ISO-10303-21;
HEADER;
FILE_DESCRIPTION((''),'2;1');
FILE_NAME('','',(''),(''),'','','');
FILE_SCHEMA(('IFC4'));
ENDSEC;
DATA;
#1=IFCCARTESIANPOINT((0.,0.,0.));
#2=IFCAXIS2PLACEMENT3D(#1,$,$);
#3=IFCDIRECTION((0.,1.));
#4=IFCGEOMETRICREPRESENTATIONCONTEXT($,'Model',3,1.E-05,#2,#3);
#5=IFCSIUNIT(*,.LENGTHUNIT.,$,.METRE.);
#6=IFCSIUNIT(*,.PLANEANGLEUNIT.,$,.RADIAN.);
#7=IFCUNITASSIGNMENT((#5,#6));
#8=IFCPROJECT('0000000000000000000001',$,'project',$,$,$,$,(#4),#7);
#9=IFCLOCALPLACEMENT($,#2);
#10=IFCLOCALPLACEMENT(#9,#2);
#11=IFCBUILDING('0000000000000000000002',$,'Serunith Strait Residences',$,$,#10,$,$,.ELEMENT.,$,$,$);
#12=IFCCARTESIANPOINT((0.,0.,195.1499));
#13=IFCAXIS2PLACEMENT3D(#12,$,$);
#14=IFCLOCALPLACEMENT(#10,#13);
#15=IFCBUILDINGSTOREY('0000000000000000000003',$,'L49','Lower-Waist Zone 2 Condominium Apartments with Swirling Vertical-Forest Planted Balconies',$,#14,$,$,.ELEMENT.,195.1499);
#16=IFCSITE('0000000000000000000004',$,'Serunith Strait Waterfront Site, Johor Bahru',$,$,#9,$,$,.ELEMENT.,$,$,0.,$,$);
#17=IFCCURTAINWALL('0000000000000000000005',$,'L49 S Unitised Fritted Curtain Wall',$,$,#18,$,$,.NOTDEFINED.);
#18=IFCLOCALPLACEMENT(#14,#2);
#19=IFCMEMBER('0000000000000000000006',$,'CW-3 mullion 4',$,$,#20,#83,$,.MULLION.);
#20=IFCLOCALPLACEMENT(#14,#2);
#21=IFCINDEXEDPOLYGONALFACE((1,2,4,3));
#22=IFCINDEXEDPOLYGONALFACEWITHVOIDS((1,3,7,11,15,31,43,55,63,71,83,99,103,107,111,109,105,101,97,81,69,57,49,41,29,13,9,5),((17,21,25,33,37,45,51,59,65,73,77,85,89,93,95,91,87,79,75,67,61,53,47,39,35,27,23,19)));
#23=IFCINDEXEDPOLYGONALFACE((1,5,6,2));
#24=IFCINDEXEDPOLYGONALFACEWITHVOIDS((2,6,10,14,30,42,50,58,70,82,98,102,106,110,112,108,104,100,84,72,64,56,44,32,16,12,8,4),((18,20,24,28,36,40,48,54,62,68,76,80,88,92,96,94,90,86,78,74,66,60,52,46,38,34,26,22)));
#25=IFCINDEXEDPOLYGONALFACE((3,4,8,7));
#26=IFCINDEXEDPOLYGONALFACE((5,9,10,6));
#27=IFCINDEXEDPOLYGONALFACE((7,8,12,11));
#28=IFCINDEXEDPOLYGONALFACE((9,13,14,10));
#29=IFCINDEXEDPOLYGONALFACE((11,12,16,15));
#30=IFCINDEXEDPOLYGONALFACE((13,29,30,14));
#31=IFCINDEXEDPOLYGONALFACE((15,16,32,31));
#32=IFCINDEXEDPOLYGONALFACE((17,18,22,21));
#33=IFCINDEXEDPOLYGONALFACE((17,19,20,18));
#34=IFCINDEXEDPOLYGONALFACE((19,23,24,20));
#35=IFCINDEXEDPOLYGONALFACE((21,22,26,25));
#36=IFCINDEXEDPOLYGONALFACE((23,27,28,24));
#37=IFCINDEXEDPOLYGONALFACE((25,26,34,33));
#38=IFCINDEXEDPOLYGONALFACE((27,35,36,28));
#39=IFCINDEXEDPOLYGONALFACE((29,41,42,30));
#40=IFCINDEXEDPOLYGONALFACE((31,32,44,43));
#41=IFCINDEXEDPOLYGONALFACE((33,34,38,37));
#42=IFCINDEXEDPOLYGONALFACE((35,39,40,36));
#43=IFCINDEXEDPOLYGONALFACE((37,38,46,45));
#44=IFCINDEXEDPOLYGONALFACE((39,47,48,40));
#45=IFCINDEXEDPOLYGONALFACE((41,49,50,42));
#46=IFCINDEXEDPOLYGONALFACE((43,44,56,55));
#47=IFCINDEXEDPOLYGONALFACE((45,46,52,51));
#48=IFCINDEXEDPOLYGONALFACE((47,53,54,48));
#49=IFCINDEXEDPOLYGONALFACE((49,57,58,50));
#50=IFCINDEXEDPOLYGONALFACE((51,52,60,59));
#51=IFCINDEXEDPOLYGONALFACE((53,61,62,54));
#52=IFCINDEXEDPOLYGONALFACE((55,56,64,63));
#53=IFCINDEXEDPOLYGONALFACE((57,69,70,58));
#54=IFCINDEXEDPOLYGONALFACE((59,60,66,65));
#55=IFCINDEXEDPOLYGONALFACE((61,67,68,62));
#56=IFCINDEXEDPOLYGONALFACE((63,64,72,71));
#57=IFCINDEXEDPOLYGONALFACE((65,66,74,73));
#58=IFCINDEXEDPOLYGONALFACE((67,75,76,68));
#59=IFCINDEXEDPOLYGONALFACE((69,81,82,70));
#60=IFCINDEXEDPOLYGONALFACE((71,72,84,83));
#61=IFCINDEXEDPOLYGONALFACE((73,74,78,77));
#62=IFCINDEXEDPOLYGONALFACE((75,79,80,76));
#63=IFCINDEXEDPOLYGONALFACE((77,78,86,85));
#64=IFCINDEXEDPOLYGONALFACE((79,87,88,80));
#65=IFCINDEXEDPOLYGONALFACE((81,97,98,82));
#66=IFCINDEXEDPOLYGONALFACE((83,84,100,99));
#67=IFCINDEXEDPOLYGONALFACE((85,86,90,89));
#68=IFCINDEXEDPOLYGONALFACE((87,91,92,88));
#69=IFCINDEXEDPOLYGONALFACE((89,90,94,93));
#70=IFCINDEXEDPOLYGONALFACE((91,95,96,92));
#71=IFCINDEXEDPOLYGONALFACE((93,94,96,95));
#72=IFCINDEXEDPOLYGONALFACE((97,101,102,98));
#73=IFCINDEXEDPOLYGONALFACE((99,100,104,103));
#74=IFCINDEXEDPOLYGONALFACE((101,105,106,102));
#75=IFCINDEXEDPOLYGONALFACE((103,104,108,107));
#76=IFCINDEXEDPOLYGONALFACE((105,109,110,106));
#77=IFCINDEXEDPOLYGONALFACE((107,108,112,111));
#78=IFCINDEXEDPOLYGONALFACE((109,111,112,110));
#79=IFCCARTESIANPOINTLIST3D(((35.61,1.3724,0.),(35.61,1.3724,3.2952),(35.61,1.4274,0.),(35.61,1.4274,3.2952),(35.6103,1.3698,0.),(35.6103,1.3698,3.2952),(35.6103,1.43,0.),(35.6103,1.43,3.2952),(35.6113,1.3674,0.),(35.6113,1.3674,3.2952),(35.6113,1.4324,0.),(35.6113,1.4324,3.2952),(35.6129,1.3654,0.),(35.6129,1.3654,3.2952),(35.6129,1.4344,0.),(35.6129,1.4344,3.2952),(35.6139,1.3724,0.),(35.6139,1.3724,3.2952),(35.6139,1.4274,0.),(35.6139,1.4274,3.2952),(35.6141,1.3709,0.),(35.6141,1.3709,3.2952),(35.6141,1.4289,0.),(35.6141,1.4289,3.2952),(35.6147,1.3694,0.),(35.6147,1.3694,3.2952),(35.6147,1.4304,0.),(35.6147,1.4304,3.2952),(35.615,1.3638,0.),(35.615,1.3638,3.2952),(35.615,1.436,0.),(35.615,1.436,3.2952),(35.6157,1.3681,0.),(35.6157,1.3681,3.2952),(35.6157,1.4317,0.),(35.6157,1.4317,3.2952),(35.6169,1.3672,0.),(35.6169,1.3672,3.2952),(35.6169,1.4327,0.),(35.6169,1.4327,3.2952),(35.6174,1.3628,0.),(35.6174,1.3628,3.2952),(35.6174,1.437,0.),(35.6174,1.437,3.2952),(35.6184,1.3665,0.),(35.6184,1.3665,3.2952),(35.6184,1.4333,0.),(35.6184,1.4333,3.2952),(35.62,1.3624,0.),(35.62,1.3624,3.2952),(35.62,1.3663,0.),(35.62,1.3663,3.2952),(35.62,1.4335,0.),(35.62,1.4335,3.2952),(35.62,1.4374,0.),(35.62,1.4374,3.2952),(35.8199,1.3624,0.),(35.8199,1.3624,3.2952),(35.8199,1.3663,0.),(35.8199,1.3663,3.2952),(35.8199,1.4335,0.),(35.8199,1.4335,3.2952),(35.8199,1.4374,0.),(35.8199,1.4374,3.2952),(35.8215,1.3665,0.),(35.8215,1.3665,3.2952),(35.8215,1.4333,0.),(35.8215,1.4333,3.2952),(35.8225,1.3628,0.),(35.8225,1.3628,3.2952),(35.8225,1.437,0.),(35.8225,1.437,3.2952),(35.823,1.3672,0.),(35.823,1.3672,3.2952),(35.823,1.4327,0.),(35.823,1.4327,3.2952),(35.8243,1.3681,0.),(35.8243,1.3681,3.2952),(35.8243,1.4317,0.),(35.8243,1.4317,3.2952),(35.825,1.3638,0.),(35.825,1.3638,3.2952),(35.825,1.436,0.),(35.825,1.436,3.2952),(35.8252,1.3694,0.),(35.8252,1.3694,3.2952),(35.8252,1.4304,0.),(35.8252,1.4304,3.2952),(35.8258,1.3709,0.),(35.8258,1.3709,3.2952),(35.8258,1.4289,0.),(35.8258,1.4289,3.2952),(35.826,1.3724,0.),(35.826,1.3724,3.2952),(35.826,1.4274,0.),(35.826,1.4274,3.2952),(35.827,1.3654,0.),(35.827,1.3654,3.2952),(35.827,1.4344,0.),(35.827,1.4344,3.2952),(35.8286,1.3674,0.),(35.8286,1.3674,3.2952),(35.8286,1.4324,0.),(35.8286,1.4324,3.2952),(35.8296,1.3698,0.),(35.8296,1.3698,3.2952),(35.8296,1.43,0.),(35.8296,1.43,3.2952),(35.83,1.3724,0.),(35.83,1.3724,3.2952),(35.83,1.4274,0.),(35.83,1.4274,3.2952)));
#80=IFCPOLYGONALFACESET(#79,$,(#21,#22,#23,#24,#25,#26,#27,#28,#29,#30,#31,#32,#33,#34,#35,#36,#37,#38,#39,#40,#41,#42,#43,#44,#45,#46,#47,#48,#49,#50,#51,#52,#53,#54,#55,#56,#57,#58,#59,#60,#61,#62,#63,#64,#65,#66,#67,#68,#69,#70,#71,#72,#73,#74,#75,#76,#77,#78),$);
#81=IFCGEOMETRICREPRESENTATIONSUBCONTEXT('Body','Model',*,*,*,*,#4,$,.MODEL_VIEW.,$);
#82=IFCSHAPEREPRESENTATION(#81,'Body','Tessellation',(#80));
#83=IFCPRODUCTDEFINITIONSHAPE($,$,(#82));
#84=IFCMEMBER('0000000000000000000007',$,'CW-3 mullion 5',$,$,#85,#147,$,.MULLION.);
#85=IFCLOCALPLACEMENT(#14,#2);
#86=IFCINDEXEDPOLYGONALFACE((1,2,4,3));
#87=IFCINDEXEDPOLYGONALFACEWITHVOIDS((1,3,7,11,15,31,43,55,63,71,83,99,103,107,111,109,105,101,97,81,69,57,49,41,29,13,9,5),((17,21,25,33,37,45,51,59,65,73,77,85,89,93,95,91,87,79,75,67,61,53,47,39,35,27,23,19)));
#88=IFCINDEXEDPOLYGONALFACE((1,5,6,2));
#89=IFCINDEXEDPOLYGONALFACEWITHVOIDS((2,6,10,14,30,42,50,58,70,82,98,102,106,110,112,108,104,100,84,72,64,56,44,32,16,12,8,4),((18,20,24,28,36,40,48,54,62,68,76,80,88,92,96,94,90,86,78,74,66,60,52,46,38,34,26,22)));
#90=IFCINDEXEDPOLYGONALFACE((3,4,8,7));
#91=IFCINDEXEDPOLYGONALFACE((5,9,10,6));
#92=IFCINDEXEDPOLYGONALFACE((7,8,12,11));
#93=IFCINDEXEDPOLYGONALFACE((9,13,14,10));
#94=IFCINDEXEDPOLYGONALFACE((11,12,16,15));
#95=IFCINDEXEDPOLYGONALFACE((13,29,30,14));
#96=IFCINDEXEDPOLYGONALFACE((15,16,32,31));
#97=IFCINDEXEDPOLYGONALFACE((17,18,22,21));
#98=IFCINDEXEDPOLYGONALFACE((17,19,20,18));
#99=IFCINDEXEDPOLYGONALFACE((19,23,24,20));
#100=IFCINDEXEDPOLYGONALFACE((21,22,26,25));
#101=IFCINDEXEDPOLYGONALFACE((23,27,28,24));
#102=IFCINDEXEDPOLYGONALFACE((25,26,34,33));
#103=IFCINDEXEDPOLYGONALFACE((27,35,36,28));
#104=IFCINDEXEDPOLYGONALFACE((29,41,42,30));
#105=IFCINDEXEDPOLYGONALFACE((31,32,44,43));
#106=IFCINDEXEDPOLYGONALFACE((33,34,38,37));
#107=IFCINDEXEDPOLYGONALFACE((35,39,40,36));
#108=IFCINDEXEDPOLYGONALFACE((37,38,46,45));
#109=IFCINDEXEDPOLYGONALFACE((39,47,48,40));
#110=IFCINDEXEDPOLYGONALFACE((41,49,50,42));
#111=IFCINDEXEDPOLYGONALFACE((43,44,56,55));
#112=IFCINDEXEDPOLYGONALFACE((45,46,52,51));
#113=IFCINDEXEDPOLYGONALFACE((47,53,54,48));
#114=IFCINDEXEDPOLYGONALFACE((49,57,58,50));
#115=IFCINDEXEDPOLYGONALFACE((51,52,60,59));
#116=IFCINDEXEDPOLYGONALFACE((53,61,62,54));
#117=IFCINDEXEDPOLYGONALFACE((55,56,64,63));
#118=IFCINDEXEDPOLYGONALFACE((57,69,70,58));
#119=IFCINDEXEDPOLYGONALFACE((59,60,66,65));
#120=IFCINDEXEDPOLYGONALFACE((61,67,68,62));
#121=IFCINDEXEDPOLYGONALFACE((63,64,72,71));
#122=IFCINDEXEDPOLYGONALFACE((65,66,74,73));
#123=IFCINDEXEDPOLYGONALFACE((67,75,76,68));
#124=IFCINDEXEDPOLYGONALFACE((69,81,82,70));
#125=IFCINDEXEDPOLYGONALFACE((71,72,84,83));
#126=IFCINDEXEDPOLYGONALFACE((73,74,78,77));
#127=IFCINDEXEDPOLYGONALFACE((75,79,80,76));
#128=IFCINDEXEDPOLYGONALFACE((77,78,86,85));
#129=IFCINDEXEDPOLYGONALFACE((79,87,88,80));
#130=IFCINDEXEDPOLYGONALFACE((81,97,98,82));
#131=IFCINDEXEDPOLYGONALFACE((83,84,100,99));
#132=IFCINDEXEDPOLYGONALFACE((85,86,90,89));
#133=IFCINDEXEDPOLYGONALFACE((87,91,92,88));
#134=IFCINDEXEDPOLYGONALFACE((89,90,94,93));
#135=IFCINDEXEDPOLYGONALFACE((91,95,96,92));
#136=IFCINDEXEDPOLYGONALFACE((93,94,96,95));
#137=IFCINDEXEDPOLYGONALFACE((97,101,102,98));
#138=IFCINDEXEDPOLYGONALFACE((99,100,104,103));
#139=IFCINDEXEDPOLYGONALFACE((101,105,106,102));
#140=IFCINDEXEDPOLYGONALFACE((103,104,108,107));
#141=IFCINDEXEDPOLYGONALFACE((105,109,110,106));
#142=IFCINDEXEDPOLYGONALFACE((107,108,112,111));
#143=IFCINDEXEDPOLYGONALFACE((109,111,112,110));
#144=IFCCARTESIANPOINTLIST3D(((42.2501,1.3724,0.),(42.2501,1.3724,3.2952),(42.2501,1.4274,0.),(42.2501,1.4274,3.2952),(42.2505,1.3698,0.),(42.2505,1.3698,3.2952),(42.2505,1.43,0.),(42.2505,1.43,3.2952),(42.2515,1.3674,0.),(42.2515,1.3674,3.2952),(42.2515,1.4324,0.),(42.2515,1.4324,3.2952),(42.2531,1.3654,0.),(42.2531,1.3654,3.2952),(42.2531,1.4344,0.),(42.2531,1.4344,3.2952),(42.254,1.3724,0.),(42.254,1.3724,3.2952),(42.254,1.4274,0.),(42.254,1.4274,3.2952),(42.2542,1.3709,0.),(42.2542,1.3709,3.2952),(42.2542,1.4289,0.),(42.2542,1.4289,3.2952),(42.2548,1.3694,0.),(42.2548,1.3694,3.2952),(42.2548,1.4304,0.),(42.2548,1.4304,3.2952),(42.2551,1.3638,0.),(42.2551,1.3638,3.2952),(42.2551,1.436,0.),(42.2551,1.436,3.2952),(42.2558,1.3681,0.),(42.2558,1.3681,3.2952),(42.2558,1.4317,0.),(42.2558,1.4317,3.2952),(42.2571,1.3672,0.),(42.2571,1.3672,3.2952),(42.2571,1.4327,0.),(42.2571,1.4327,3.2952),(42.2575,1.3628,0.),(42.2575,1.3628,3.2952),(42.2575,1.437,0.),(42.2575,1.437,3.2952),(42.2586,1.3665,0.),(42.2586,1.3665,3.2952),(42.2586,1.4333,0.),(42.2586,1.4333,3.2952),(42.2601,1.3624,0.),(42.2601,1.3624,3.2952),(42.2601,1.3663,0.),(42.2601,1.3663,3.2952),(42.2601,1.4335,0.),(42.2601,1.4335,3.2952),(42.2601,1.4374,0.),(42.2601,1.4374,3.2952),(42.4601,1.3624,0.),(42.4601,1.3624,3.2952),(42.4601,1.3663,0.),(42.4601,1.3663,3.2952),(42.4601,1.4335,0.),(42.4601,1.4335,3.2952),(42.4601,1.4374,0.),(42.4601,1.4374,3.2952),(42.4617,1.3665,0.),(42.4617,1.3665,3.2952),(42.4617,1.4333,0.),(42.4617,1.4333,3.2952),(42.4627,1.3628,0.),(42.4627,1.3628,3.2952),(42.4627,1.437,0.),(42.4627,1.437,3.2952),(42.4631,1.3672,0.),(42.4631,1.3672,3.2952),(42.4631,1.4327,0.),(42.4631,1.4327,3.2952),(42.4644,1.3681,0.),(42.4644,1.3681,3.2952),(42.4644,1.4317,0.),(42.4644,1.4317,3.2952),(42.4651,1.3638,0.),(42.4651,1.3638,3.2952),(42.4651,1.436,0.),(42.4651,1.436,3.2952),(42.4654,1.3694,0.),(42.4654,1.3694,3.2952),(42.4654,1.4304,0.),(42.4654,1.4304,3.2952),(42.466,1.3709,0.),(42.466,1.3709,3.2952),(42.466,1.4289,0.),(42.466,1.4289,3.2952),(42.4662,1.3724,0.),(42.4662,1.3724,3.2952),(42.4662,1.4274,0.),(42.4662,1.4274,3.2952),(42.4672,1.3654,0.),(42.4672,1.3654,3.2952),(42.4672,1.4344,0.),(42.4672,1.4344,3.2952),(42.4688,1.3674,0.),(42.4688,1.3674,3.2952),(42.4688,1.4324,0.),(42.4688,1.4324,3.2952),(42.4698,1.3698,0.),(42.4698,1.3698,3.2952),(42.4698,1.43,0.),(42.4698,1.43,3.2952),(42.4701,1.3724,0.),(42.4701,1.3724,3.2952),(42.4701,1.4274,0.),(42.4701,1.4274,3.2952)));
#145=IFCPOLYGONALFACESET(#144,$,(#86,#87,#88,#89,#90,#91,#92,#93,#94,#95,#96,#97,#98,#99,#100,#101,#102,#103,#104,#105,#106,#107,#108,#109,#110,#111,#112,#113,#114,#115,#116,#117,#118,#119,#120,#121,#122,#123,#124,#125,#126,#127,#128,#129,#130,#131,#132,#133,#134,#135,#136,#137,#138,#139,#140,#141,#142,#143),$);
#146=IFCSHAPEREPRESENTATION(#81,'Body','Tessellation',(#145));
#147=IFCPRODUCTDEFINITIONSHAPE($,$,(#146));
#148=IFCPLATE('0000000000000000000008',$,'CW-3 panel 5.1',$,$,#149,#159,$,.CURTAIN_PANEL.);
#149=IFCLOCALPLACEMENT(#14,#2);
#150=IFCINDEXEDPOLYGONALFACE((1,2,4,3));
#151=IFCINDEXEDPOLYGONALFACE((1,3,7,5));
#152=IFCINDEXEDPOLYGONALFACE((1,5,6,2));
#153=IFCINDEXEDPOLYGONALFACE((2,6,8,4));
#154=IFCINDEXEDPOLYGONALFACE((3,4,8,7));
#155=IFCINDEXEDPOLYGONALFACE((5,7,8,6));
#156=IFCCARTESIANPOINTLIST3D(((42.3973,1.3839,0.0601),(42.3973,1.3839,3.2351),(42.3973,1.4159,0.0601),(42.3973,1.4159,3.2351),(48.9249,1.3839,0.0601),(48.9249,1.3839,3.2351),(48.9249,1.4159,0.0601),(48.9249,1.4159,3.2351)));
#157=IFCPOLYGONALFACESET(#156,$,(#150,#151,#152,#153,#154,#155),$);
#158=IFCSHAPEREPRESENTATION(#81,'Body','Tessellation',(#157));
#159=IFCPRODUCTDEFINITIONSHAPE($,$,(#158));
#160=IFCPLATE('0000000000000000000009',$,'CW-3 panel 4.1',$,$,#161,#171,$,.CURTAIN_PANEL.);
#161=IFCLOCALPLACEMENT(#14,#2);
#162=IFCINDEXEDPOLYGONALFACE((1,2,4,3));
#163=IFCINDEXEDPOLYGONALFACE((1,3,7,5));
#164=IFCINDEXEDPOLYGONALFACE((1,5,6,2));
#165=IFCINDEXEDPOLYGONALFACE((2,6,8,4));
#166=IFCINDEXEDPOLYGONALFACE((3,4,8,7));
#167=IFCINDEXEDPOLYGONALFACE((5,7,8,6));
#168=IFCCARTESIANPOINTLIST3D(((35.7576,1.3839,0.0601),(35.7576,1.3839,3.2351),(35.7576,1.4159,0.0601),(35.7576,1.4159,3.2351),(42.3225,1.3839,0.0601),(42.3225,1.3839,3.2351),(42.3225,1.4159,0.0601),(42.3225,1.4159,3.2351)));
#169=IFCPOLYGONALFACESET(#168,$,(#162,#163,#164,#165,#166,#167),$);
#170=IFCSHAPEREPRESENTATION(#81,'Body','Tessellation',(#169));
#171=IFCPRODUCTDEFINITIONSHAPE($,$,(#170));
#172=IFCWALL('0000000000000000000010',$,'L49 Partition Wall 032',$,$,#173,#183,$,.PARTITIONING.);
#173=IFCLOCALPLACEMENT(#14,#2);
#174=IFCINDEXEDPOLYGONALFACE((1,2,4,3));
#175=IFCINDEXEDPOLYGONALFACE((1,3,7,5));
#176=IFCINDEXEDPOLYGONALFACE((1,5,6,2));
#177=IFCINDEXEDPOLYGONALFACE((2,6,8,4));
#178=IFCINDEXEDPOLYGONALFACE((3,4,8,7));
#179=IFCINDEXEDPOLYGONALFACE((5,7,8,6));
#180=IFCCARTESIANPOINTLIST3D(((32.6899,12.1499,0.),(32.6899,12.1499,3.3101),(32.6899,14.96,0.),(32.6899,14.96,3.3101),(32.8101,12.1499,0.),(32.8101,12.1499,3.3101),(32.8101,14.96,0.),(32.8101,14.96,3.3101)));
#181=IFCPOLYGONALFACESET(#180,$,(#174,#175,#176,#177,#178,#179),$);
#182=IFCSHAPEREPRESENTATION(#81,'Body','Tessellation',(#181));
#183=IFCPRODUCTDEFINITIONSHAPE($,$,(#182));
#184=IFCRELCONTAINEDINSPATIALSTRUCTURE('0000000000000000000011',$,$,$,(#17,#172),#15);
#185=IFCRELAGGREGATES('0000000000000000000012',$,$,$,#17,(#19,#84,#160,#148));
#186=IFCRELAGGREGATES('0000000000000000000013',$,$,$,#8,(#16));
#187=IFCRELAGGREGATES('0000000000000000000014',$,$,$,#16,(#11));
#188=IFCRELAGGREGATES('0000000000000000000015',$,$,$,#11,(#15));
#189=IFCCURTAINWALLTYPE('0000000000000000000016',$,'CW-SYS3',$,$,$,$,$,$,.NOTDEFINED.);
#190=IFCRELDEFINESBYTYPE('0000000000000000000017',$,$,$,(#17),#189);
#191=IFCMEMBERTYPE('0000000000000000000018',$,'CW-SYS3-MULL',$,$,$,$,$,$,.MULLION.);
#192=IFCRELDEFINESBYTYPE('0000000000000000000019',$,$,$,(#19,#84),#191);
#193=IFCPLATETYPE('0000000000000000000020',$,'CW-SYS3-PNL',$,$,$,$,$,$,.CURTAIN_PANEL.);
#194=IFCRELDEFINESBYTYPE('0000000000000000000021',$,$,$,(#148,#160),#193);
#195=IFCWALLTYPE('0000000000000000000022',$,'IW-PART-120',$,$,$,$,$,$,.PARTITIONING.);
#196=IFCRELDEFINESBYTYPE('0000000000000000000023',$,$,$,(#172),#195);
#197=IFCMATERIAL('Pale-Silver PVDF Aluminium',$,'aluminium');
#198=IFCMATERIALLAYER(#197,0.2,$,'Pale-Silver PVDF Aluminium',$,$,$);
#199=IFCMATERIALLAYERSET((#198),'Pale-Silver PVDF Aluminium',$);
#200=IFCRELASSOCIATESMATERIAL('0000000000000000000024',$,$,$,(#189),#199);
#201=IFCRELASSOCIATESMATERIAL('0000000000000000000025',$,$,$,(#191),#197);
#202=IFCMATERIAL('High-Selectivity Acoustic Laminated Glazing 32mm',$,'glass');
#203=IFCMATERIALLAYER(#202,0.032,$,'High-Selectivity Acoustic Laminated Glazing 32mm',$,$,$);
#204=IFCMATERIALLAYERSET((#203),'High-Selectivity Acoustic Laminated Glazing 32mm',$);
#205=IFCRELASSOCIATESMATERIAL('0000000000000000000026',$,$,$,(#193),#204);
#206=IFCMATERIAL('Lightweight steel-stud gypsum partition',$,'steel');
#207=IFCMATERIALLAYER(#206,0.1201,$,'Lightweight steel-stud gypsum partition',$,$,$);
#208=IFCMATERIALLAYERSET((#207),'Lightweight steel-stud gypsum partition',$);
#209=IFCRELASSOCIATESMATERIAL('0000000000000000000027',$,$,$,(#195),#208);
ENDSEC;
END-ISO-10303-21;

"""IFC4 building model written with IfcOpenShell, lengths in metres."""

from ifc_helpers import new_model, si_unit, direction, frame, frame_2d, origin, origin_2d, place, context, subcontext, project, spatial, rectangle, hollow_rectangle, extrude, source, transform, mapped, material, layer, layer_set, material_profile, profile_set, type_object, element, aggregate, save


model = new_model("IFC4")

# Units and contexts
model_context = context("Model", 3, precision=1e-05, world=origin(), true_north=direction((0.0, 1.0)))
body_context = subcontext(model_context, "Body", "Model", "MODEL_VIEW")
ifc_project = project(units=[si_unit("LENGTHUNIT", "METRE"), si_unit("PLANEANGLEUNIT", "RADIAN")], contexts=[model_context])

# Site, building, storey
site_placement = place(None, origin())
site = spatial("IfcSite", under=ifc_project, at=site_placement, Name="Serunith Strait Waterfront Site, Johor Bahru", CompositionType="ELEMENT", RefElevation=0.0)
building_placement = place(site_placement, origin())
building = spatial("IfcBuilding", under=site, at=building_placement, Name="Serunith Strait Residences", CompositionType="ELEMENT")
storey_placement = place(building_placement, frame((0.0, 0.0, 195.1499)))
storey = spatial("IfcBuildingStorey", under=building, at=storey_placement, Name="L49", Description="Lower-Waist Zone 2 Condominium Apartments with Swirling Vertical-Forest Planted Balconies", CompositionType="ELEMENT", Elevation=195.1499)

# Curtain wall, members, plates
ifc_material_1 = material(Name="Pale-Silver PVDF Aluminium", Category="aluminium")
ifc_layer_1 = layer(ifc_material_1, 0.2, Name="Pale-Silver PVDF Aluminium")
ifc_layer_set_1 = layer_set([ifc_layer_1], Name="Pale-Silver PVDF Aluminium")
curtain_wall_type = type_object("IfcCurtainWallType", Name="CW-SYS3", PredefinedType="NOTDEFINED", material=ifc_layer_set_1)
curtain_wall_placement = place(storey_placement, origin())
curtain_wall = element("IfcCurtainWall", 1, at=curtain_wall_placement, inside=storey, type_object=curtain_wall_type, Name="L49 S Unitised Fritted Curtain Wall", PredefinedType="NOTDEFINED")
ifc_material_profile_1 = material_profile(ifc_material_1, hollow_rectangle(XDim=0.075, YDim=0.22, WallThickness=0.0039, InnerFilletRadius=0.0061, OuterFilletRadius=0.01, at=origin_2d()), Name="ALU 220x75x4")
ifc_profile_set_1 = profile_set([ifc_material_profile_1], Name="Pale-Silver PVDF Aluminium")
member_type_1 = type_object("IfcMemberType", Name="CW-SYS3-MULL", PredefinedType="MULLION", material=ifc_profile_set_1)
shared_shape_1 = source(origin(), body_context, "Body", "SweptSolid", [
    extrude(hollow_rectangle(XDim=0.075, YDim=0.22, WallThickness=0.0039, InnerFilletRadius=0.0061, OuterFilletRadius=0.01, at=origin_2d()), origin(), (0.0, 0.0, 1.0), 3.2952),
])
member_1_placement = place(storey_placement, frame((35.72, 1.3999, 0.0), z_axis=(0.0, 0.0, 1.0), x_axis=(0.0, 1.0, 0.0)))
member_1 = element("IfcMember", 2, at=member_1_placement, type_object=member_type_1, Name="CW-3 mullion 4", PredefinedType="MULLION", context=body_context, shape_type="MappedRepresentation", body=[
    mapped(shared_shape_1, transform((0.0, 0.0, 0.0), scale=1.0)),
])
member_2_placement = place(storey_placement, frame((42.3601, 1.3999, 0.0), z_axis=(0.0, 0.0, 1.0), x_axis=(0.0, 1.0, 0.0)))
member_2 = element("IfcMember", 3, at=member_2_placement, type_object=member_type_1, Name="CW-3 mullion 5", PredefinedType="MULLION", context=body_context, shape_type="MappedRepresentation", body=[
    mapped(shared_shape_1, transform((0.0, 0.0, 0.0), scale=1.0)),
])
ifc_material_2 = material(Name="High-Selectivity Acoustic Laminated Glazing 32mm", Category="glass")
ifc_layer_2 = layer(ifc_material_2, 0.032, Name="High-Selectivity Acoustic Laminated Glazing 32mm")
ifc_layer_set_2 = layer_set([ifc_layer_2], Name="High-Selectivity Acoustic Laminated Glazing 32mm")
plate_type = type_object("IfcPlateType", Name="CW-SYS3-PNL", PredefinedType="CURTAIN_PANEL", material=ifc_layer_set_2)
shared_shape_2 = source(origin(), body_context, "Body", "SweptSolid", [
    extrude(rectangle(XDim=6.5276, YDim=0.032, at=origin_2d()), origin(), (0.0, 0.0, 1.0), 3.175),
])
plate_1_placement = place(storey_placement, frame((45.6611, 1.3999, 0.0601), z_axis=(0.0, 0.0, 1.0), x_axis=(1.0, 0.0, 0.0)))
plate_1 = element("IfcPlate", 4, at=plate_1_placement, type_object=plate_type, Name="CW-3 panel 5.1", PredefinedType="CURTAIN_PANEL", context=body_context, shape_type="MappedRepresentation", body=[
    mapped(shared_shape_2, transform((0.0, 0.0, 0.0), scale=1.0)),
])
shared_shape_3 = source(origin(), body_context, "Body", "SweptSolid", [
    extrude(rectangle(XDim=6.5649, YDim=0.032, at=origin_2d()), origin(), (0.0, 0.0, 1.0), 3.175),
])
plate_2_placement = place(storey_placement, frame((39.04, 1.3999, 0.0601), z_axis=(0.0, 0.0, 1.0), x_axis=(1.0, 0.0, 0.0)))
plate_2 = element("IfcPlate", 5, at=plate_2_placement, type_object=plate_type, Name="CW-3 panel 4.1", PredefinedType="CURTAIN_PANEL", context=body_context, shape_type="MappedRepresentation", body=[
    mapped(shared_shape_3, transform((0.0, 0.0, 0.0), scale=1.0)),
])
aggregate(curtain_wall, [member_1, member_2, plate_2, plate_1])

# Wall
ifc_material_3 = material(Name="Lightweight steel-stud gypsum partition", Category="steel")
ifc_layer_3 = layer(ifc_material_3, 0.1201, Name="Lightweight steel-stud gypsum partition")
ifc_layer_set_3 = layer_set([ifc_layer_3], Name="Lightweight steel-stud gypsum partition")
wall_type_1 = type_object("IfcWallType", Name="IW-PART-120", PredefinedType="PARTITIONING", material=ifc_layer_set_3)
wall_1_placement = place(storey_placement, frame((32.75, 12.1499, 0.0), z_axis=(0.0, 0.0, 1.0), x_axis=(0.0, 1.0, 0.0)))
element("IfcWall", 6, at=wall_1_placement, inside=storey, type_object=wall_type_1, Name="L49 Partition Wall 032", PredefinedType="PARTITIONING", context=body_context, shape_type="SweptSolid", body=[
    extrude(rectangle(XDim=2.8101, YDim=0.1201, at=frame_2d((1.405, 0.0))), origin(), (0.0, 0.0, 1.0), 3.3101),
])

save(model, "model.ifc")
